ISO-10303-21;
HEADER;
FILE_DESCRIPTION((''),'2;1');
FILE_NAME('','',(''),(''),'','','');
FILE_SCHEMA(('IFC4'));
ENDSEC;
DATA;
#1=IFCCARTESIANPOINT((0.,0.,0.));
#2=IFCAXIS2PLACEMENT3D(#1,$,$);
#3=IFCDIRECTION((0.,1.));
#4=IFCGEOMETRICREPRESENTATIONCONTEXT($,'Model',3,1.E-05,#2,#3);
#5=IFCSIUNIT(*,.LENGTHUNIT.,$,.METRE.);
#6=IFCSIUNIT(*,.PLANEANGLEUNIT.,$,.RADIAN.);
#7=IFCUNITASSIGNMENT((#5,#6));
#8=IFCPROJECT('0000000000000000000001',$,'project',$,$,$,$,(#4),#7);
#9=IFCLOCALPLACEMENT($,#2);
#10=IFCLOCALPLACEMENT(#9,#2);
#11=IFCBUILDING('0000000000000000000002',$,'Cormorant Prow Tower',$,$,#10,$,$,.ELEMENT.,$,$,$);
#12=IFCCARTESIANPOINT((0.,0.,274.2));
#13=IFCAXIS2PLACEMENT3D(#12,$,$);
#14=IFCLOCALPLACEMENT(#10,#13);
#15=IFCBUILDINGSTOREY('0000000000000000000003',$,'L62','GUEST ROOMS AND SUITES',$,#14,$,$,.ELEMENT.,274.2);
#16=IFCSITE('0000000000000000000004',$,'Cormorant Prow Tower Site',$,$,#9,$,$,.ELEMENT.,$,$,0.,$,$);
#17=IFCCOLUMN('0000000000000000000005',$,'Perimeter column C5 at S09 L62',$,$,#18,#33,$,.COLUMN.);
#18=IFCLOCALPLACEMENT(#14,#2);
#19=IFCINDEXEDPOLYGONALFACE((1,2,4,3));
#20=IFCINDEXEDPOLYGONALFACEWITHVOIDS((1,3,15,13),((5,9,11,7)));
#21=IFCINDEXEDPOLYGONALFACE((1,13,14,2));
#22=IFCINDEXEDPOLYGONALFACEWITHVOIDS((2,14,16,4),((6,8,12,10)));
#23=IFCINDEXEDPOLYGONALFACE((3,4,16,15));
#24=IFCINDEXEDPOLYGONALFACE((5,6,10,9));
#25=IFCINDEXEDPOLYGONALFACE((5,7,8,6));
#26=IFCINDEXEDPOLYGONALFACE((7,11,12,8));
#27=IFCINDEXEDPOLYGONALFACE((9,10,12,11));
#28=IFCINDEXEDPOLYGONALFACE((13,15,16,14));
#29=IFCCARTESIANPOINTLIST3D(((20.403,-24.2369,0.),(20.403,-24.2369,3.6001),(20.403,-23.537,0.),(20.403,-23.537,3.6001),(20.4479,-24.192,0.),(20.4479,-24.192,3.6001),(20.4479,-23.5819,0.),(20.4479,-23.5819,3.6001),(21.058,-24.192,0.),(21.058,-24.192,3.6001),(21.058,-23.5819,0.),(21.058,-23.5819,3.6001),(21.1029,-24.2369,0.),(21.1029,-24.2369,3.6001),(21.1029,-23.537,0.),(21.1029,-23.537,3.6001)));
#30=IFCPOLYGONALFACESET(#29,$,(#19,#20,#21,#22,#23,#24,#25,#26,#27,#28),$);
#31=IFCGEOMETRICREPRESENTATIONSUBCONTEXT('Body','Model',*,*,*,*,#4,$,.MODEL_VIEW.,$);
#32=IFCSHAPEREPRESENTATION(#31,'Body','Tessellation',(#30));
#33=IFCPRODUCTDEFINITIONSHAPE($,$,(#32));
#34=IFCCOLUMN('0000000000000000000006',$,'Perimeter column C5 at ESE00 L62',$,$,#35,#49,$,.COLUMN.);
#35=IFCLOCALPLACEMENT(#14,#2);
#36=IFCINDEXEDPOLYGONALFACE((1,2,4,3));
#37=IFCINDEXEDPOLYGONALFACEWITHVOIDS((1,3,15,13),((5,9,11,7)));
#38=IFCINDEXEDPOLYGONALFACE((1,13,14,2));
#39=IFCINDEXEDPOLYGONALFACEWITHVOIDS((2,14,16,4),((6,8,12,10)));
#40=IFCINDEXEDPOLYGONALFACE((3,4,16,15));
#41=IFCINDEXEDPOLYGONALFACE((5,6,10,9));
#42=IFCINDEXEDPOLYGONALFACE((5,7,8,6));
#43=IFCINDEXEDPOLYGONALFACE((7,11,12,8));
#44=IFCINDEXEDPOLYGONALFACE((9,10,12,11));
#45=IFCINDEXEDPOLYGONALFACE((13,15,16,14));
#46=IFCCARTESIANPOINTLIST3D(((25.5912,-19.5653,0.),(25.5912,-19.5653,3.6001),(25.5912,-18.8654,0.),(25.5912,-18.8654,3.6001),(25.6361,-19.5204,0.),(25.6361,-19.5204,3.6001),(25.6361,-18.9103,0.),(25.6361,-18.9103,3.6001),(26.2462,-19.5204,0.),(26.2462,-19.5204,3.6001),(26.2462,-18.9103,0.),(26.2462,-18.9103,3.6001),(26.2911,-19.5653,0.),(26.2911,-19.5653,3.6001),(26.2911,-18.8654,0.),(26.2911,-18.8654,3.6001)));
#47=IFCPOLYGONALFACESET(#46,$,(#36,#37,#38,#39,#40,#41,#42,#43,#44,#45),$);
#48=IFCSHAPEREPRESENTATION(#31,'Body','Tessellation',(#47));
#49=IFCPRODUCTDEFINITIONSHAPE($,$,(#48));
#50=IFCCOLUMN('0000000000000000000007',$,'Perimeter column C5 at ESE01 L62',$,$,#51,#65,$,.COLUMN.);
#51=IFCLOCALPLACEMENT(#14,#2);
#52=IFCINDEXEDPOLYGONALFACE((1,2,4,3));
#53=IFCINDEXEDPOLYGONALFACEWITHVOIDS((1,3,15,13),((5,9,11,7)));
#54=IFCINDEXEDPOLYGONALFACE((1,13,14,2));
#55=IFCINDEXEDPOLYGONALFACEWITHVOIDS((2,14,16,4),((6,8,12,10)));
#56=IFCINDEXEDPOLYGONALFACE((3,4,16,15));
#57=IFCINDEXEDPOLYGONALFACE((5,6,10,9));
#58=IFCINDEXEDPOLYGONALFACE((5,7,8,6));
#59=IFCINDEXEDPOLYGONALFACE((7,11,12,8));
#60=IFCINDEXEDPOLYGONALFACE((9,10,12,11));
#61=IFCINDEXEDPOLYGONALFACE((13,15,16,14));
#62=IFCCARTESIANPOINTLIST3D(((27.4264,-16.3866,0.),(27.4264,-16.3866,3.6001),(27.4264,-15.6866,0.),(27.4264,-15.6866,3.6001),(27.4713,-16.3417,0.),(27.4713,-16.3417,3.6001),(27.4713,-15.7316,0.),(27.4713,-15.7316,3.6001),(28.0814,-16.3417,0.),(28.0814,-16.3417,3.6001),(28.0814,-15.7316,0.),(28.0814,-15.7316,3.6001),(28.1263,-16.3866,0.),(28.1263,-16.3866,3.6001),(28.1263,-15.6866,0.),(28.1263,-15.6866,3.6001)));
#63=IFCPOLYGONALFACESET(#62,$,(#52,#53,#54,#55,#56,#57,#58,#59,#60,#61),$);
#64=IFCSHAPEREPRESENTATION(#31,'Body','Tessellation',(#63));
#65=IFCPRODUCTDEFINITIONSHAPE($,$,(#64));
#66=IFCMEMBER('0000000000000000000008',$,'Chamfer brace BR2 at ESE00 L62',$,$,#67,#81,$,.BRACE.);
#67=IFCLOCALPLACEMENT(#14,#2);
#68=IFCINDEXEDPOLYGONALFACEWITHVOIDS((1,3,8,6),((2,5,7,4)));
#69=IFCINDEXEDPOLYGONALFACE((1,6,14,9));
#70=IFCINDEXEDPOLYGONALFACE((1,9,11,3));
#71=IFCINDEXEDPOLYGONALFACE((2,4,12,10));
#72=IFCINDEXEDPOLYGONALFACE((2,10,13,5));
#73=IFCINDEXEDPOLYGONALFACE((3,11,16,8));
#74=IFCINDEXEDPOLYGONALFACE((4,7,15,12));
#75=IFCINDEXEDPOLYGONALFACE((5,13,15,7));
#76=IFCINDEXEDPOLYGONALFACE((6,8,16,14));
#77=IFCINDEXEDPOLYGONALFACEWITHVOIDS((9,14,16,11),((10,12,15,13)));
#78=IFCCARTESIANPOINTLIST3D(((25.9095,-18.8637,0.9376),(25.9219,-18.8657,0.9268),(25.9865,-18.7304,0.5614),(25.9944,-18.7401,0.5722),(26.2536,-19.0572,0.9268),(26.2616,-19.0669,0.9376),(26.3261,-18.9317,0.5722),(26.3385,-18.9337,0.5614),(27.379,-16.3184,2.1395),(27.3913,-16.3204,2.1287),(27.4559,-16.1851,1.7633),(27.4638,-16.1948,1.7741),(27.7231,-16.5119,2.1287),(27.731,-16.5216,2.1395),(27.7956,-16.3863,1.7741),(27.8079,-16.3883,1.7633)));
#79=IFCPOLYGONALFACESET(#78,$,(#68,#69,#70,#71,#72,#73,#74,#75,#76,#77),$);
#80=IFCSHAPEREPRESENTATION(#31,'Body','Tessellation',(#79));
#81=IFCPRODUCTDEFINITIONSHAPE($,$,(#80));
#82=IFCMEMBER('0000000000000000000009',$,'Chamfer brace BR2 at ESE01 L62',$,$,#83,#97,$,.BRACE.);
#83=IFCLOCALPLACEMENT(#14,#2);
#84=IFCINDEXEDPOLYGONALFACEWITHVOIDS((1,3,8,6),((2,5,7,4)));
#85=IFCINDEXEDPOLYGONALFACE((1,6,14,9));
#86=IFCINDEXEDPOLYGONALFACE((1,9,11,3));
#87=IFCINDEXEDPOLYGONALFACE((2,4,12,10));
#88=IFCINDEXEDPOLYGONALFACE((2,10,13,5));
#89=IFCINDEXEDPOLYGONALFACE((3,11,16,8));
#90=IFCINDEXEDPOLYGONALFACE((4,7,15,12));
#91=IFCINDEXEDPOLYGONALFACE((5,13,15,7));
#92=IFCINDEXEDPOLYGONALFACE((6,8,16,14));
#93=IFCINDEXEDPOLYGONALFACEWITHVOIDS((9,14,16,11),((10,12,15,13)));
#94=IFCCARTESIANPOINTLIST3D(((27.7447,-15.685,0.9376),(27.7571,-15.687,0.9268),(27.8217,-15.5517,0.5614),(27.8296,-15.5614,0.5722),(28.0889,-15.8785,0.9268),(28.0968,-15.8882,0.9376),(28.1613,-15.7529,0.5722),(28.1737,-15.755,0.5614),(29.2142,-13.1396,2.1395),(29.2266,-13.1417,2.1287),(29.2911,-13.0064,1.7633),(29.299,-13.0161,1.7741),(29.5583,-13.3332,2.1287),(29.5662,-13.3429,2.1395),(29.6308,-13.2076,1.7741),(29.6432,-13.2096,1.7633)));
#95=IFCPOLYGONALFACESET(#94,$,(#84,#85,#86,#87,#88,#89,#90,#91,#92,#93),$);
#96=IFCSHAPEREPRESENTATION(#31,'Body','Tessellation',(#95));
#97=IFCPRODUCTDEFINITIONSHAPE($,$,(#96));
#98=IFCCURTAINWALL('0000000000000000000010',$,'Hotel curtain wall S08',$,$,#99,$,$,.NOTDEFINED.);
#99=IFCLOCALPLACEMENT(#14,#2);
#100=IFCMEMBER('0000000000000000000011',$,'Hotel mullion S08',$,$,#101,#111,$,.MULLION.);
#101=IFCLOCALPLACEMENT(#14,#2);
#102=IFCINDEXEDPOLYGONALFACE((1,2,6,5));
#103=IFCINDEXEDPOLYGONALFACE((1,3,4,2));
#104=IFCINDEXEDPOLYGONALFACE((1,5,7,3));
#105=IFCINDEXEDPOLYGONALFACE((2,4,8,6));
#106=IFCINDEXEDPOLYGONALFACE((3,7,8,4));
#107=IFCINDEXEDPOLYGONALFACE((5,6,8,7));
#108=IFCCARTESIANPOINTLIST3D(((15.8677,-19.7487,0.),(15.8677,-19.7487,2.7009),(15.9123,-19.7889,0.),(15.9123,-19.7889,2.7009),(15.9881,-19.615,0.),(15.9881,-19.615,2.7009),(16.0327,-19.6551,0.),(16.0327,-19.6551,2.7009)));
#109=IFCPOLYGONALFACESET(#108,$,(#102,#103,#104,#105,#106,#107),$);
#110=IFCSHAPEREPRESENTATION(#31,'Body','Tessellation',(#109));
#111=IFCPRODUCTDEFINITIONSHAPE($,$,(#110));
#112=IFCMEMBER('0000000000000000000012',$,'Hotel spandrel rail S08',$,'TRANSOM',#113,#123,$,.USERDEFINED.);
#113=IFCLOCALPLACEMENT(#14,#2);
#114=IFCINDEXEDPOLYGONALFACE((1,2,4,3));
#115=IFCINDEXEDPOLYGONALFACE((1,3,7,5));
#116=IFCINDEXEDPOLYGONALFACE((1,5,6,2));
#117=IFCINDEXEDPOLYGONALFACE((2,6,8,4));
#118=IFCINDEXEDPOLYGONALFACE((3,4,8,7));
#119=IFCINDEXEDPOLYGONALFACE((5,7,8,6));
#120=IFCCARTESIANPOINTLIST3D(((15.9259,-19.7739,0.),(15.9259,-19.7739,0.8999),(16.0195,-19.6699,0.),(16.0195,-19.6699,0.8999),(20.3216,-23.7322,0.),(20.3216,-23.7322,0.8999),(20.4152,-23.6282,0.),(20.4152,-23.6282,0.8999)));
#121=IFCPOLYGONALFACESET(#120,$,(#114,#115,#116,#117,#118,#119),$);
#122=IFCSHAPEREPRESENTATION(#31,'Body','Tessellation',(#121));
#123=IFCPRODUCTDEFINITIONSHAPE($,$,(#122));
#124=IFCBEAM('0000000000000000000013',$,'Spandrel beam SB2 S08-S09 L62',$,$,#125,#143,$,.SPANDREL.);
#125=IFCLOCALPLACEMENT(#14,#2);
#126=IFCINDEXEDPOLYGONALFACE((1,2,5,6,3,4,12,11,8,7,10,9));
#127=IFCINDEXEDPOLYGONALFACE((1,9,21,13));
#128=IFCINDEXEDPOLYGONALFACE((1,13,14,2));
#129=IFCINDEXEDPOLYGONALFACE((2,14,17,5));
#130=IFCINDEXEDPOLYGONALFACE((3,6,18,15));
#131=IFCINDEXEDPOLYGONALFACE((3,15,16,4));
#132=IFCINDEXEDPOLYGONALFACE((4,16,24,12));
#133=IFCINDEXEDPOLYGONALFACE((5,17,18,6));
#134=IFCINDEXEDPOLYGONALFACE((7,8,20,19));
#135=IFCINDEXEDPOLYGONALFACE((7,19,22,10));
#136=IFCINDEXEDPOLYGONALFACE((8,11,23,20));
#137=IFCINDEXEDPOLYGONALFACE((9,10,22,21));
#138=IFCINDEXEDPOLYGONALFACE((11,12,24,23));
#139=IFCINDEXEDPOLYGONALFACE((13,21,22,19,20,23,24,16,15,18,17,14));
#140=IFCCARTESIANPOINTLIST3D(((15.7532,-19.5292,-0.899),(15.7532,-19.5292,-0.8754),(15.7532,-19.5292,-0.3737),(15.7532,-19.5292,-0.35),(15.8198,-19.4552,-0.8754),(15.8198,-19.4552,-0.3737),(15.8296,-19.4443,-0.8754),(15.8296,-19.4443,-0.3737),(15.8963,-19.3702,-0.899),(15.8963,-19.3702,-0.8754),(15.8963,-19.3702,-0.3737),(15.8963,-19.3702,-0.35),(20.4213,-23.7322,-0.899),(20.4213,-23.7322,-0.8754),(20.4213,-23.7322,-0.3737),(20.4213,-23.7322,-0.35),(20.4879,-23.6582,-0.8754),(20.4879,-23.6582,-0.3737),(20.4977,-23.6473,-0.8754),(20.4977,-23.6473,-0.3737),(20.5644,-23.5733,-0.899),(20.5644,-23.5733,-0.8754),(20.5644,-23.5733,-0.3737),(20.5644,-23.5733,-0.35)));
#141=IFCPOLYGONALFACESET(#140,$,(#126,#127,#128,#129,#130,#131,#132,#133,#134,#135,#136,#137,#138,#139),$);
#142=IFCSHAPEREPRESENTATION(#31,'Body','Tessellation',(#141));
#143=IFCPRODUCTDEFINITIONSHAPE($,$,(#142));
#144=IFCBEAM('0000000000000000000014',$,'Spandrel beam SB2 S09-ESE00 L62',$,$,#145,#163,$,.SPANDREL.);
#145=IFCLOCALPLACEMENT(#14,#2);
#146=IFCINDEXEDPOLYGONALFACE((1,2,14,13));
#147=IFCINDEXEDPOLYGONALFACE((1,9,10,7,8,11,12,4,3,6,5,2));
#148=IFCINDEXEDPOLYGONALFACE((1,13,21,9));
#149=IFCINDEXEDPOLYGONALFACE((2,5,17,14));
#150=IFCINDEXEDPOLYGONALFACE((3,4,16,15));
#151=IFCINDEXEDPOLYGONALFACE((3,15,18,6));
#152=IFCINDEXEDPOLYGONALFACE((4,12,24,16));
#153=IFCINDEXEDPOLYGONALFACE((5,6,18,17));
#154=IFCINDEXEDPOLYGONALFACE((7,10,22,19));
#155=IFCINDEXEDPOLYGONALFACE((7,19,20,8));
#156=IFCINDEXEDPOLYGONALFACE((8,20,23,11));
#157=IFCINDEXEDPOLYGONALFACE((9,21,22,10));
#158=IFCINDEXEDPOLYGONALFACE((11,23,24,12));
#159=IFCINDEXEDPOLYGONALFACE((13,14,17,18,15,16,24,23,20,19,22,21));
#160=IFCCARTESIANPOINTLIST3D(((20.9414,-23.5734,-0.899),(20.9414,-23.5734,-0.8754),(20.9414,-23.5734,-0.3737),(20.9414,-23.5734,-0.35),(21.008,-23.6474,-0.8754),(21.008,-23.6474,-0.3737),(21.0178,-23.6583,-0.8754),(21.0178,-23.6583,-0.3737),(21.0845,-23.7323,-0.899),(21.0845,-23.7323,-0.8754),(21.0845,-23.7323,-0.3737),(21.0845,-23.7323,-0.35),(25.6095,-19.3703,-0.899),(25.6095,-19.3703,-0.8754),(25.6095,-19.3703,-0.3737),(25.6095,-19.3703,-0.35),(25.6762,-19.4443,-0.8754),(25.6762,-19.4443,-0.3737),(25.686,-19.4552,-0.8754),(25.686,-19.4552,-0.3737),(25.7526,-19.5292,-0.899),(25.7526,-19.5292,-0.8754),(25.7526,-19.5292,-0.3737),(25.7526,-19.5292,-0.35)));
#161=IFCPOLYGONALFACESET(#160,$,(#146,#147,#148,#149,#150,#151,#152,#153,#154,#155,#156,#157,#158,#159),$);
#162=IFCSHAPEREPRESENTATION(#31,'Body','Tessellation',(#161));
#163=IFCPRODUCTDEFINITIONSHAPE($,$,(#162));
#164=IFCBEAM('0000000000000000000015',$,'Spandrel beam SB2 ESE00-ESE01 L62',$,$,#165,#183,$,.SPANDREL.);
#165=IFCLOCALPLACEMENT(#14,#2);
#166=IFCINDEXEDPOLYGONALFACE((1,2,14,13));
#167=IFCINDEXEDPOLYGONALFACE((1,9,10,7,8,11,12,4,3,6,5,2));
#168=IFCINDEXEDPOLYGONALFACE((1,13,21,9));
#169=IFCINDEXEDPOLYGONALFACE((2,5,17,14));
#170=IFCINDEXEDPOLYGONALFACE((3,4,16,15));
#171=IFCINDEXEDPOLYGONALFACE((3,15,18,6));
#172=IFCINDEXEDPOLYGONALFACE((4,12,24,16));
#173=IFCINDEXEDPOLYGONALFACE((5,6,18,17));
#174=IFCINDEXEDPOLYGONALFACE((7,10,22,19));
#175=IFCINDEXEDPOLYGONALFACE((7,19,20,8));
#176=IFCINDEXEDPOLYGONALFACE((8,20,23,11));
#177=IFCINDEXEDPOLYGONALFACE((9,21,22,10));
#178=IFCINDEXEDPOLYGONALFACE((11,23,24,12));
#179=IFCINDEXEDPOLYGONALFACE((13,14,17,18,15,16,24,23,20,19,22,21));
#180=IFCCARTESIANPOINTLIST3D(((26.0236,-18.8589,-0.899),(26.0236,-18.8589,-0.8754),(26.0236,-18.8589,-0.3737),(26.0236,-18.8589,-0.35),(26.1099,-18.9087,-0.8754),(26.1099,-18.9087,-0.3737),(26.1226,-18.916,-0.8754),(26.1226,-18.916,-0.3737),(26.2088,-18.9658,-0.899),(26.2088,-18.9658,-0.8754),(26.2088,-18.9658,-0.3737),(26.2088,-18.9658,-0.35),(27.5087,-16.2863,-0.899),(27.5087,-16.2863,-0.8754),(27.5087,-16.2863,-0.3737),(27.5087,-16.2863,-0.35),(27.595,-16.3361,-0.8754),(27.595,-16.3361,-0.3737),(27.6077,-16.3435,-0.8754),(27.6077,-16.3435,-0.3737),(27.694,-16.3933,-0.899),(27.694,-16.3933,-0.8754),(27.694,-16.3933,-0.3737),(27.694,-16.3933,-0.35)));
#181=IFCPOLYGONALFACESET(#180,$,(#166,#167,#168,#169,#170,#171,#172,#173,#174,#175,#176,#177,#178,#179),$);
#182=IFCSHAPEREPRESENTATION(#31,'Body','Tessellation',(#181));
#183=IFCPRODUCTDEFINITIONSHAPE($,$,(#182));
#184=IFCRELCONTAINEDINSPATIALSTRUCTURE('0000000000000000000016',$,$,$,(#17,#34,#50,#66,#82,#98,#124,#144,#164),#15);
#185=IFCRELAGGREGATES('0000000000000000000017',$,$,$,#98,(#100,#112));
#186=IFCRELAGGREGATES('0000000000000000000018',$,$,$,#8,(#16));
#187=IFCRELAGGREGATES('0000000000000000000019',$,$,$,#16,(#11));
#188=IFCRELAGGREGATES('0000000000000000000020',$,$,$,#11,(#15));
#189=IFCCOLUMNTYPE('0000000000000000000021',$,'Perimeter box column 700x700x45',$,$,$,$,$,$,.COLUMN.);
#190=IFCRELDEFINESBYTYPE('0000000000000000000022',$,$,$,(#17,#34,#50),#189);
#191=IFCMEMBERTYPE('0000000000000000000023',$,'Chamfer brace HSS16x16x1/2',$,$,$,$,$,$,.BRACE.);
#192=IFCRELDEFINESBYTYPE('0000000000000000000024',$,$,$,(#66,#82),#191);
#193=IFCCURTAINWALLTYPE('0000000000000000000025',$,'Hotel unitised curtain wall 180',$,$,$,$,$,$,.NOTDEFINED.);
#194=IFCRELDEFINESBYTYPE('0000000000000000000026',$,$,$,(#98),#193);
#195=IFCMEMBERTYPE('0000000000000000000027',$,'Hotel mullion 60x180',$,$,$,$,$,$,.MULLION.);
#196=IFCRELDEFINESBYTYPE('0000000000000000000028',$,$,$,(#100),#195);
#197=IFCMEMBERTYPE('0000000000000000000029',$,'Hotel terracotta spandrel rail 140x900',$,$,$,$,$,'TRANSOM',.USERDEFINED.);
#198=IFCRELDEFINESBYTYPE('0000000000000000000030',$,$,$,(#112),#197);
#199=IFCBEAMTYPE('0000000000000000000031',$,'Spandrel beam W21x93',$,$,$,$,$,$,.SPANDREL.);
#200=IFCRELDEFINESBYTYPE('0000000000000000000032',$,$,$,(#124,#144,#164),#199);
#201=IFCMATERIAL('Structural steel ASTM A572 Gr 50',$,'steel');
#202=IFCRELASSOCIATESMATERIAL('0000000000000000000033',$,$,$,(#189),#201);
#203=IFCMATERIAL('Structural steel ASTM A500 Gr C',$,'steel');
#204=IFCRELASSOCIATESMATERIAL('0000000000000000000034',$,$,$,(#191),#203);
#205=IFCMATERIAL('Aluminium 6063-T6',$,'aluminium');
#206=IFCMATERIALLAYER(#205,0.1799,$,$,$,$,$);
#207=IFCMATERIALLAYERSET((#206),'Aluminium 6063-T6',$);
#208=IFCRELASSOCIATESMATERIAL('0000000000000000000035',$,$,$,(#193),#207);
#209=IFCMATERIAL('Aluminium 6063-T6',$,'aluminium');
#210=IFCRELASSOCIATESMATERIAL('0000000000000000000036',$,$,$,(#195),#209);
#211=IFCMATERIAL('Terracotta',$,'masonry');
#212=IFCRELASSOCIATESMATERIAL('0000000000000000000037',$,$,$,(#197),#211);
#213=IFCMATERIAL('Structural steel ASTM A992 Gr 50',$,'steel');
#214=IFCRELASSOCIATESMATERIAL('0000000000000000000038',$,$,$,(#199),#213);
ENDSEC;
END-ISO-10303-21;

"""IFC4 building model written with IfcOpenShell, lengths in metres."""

from ifc_helpers import new_model, si_unit, direction, frame, origin, origin_2d, place, context, subcontext, project, spatial, rectangle, hollow_rectangle, i_section, extrude, material, layer, layer_set, material_profile, profile_set, type_object, element, aggregate, save


model = new_model("IFC4")

# Units and contexts
model_context = context("Model", 3, precision=1e-05, world=origin(), true_north=direction((0.0, 1.0)))
body_context = subcontext(model_context, "Body", "Model", "MODEL_VIEW")
ifc_project = project(units=[si_unit("LENGTHUNIT", "METRE"), si_unit("PLANEANGLEUNIT", "RADIAN")], contexts=[model_context])

# Site, building, storey
site_placement = place(None, origin())
site = spatial("IfcSite", under=ifc_project, at=site_placement, Name="Cormorant Prow Tower Site", CompositionType="ELEMENT", RefElevation=0.0)
building_placement = place(site_placement, origin())
building = spatial("IfcBuilding", under=site, at=building_placement, Name="Cormorant Prow Tower", CompositionType="ELEMENT")
storey_placement = place(building_placement, frame((0.0, 0.0, 274.2)))
storey = spatial("IfcBuildingStorey", under=building, at=storey_placement, Name="L62", Description="GUEST ROOMS AND SUITES", CompositionType="ELEMENT", Elevation=274.2)

# Columns
ifc_material_1 = material(Name="Structural steel ASTM A572 Gr 50", Category="steel")
ifc_material_profile_1 = material_profile(ifc_material_1, hollow_rectangle(XDim=0.7, YDim=0.7, WallThickness=0.0449, at=origin_2d()), Name="Box 700x700x45")
ifc_profile_set_1 = profile_set([ifc_material_profile_1], Name="Structural steel ASTM A572 Gr 50")
column_type = type_object("IfcColumnType", Name="Perimeter box column 700x700x45", PredefinedType="COLUMN", material=ifc_profile_set_1)
for number, where, z_axis, x_axis, name in (
    (1, (20.7529, -23.887, 0.0), (0.0, 0.0, 1.0), (1.0, 0.0, 0.0), "Perimeter column C5 at S09 L62"),
    (2, (25.9412, -19.2153, 0.0), (0.0, 0.0, 1.0), (1.0, 0.0, 0.0), "Perimeter column C5 at ESE00 L62"),
    (3, (27.7764, -16.0366, 0.0), (0.0, 0.0, 1.0), (1.0, 0.0, 0.0), "Perimeter column C5 at ESE01 L62"),
):
    element("IfcColumn", number, at=place(storey_placement, frame(where, z_axis=z_axis, x_axis=x_axis)), inside=storey, type_object=column_type, Name=name, PredefinedType="COLUMN", context=body_context, shape_type="SweptSolid", body=[
        extrude(hollow_rectangle(XDim=0.7, YDim=0.7, WallThickness=0.0449, at=origin_2d()), origin(), (0.0, 0.0, 1.0), 3.6001),
    ])

# Members
ifc_material_2 = material(Name="Structural steel ASTM A500 Gr C", Category="steel")
ifc_material_profile_2 = material_profile(ifc_material_2, hollow_rectangle(XDim=0.4065, YDim=0.4065, WallThickness=0.0117, at=origin_2d()), Name="HSS16x16x1/2")
ifc_profile_set_2 = profile_set([ifc_material_profile_2], Name="Structural steel ASTM A500 Gr C")
member_type_1 = type_object("IfcMemberType", Name="Chamfer brace HSS16x16x1/2", PredefinedType="BRACE", material=ifc_profile_set_2)
for number, where, z_axis, x_axis, name in (
    (4, (26.124, -18.8987, 0.7495), (0.462773, 0.801607, 0.378507), (-0.866042, 0.499972, 0.0), "Chamfer brace BR2 at ESE00 L62"),
    (5, (27.9592, -15.72, 0.7495), (0.462773, 0.801607, 0.378507), (-0.866042, 0.499972, 0.0), "Chamfer brace BR2 at ESE01 L62"),
):
    element("IfcMember", number, at=place(storey_placement, frame(where, z_axis=z_axis, x_axis=x_axis)), inside=storey, type_object=member_type_1, Name=name, PredefinedType="BRACE", context=body_context, shape_type="SweptSolid", body=[
        extrude(hollow_rectangle(XDim=0.4065, YDim=0.4065, WallThickness=0.0117, at=origin_2d()), origin(), (0.0, 0.0, 1.0), 3.1753),
    ])

# Curtain wall, members
ifc_material_3 = material(Name="Aluminium 6063-T6", Category="aluminium")
ifc_layer_1 = layer(ifc_material_3, 0.1799)
ifc_layer_set_1 = layer_set([ifc_layer_1], Name="Aluminium 6063-T6")
curtain_wall_type = type_object("IfcCurtainWallType", Name="Hotel unitised curtain wall 180", PredefinedType="NOTDEFINED", material=ifc_layer_set_1)
curtain_wall_placement = place(storey_placement, origin())
curtain_wall = element("IfcCurtainWall", 6, at=curtain_wall_placement, inside=storey, type_object=curtain_wall_type, Name="Hotel curtain wall S08", PredefinedType="NOTDEFINED")
ifc_material_4 = material(Name="Aluminium 6063-T6", Category="aluminium")
ifc_material_profile_3 = material_profile(ifc_material_4, rectangle(XDim=0.1799, YDim=0.0601, at=origin_2d()), Name="Hotel mullion 60x180")
ifc_profile_set_3 = profile_set([ifc_material_profile_3], Name="Aluminium 6063-T6")
member_type_2 = type_object("IfcMemberType", Name="Hotel mullion 60x180", PredefinedType="MULLION", material=ifc_profile_set_3)
member_1_placement = place(storey_placement, frame((15.9502, -19.7019, 0.0), z_axis=(0.0, 0.0, 1.0), x_axis=(0.669131, 0.743145, 0.0)))
member_1 = element("IfcMember", 7, at=member_1_placement, type_object=member_type_2, Name="Hotel mullion S08", PredefinedType="MULLION", context=body_context, shape_type="SweptSolid", body=[
    extrude(rectangle(XDim=0.1799, YDim=0.0601, at=origin_2d()), origin(), (0.0, 0.0, 1.0), 2.7009),
])
ifc_material_5 = material(Name="Terracotta", Category="masonry")
ifc_material_profile_4 = material_profile(ifc_material_5, rectangle(XDim=0.1399, YDim=0.8999, at=origin_2d()), Name="Hotel terracotta spandrel rail 140x900")
ifc_profile_set_4 = profile_set([ifc_material_profile_4], Name="Terracotta")
member_type_3 = type_object("IfcMemberType", Name="Hotel terracotta spandrel rail 140x900", ElementType="TRANSOM", PredefinedType="USERDEFINED", material=ifc_profile_set_4)
member_2_placement = place(storey_placement, frame((15.9727, -19.7219, 0.45), z_axis=(0.74312, -0.669159, 0.0), x_axis=(0.669159, 0.74312, 0.0)))
member_2 = element("IfcMember", 8, at=member_2_placement, type_object=member_type_3, Name="Hotel spandrel rail S08", ObjectType="TRANSOM", PredefinedType="USERDEFINED", context=body_context, shape_type="SweptSolid", body=[
    extrude(rectangle(XDim=0.1399, YDim=0.8999, at=origin_2d()), origin(), (0.0, 0.0, 1.0), 5.9153),
])

# Beams
ifc_material_6 = material(Name="Structural steel ASTM A992 Gr 50", Category="steel")
ifc_material_profile_5 = material_profile(ifc_material_6, i_section(OverallWidth=0.2139, OverallDepth=0.5491, WebThickness=0.0146, FlangeThickness=0.0237, at=origin_2d()), Name="W21x93")
ifc_profile_set_5 = profile_set([ifc_material_profile_5], Name="Structural steel ASTM A992 Gr 50")
beam_type = type_object("IfcBeamType", Name="Spandrel beam W21x93", PredefinedType="SPANDREL", material=ifc_profile_set_5)
for number, where, z_axis, x_axis, name in (
    (9, (15.8247, -19.4497, -0.6245), (0.743157, -0.669117, 0.0), (0.669117, 0.743157, 0.0), "Spandrel beam SB2 S08-S09 L62"),
    (10, (21.0129, -23.6528, -0.6245), (0.743157, 0.669117, 0.0), (-0.669117, 0.743157, 0.0), "Spandrel beam SB2 S09-ESE00 L62"),
):
    element("IfcBeam", number, at=place(storey_placement, frame(where, z_axis=z_axis, x_axis=x_axis)), inside=storey, type_object=beam_type, Name=name, PredefinedType="SPANDREL", context=body_context, shape_type="SweptSolid", body=[
        extrude(i_section(OverallWidth=0.2139, OverallDepth=0.5491, WebThickness=0.0146, FlangeThickness=0.0237, at=origin_2d()), origin(), (0.0, 0.0, 1.0), 6.2815),
    ])
for number, where, z_axis, x_axis, name in (
    (11, (26.1162, -18.9124, -0.6245), (0.499967, 0.866045, 0.0), (-0.866045, 0.499967, 0.0), "Spandrel beam SB2 ESE00-ESE01 L62"),
):
    element("IfcBeam", number, at=place(storey_placement, frame(where, z_axis=z_axis, x_axis=x_axis)), inside=storey, type_object=beam_type, Name=name, PredefinedType="SPANDREL", context=body_context, shape_type="SweptSolid", body=[
        extrude(i_section(OverallWidth=0.2139, OverallDepth=0.5491, WebThickness=0.0146, FlangeThickness=0.0237, at=origin_2d()), origin(), (0.0, 0.0, 1.0), 2.9705),
    ])

aggregate(curtain_wall, [member_1, member_2])

save(model, "model.ifc")
